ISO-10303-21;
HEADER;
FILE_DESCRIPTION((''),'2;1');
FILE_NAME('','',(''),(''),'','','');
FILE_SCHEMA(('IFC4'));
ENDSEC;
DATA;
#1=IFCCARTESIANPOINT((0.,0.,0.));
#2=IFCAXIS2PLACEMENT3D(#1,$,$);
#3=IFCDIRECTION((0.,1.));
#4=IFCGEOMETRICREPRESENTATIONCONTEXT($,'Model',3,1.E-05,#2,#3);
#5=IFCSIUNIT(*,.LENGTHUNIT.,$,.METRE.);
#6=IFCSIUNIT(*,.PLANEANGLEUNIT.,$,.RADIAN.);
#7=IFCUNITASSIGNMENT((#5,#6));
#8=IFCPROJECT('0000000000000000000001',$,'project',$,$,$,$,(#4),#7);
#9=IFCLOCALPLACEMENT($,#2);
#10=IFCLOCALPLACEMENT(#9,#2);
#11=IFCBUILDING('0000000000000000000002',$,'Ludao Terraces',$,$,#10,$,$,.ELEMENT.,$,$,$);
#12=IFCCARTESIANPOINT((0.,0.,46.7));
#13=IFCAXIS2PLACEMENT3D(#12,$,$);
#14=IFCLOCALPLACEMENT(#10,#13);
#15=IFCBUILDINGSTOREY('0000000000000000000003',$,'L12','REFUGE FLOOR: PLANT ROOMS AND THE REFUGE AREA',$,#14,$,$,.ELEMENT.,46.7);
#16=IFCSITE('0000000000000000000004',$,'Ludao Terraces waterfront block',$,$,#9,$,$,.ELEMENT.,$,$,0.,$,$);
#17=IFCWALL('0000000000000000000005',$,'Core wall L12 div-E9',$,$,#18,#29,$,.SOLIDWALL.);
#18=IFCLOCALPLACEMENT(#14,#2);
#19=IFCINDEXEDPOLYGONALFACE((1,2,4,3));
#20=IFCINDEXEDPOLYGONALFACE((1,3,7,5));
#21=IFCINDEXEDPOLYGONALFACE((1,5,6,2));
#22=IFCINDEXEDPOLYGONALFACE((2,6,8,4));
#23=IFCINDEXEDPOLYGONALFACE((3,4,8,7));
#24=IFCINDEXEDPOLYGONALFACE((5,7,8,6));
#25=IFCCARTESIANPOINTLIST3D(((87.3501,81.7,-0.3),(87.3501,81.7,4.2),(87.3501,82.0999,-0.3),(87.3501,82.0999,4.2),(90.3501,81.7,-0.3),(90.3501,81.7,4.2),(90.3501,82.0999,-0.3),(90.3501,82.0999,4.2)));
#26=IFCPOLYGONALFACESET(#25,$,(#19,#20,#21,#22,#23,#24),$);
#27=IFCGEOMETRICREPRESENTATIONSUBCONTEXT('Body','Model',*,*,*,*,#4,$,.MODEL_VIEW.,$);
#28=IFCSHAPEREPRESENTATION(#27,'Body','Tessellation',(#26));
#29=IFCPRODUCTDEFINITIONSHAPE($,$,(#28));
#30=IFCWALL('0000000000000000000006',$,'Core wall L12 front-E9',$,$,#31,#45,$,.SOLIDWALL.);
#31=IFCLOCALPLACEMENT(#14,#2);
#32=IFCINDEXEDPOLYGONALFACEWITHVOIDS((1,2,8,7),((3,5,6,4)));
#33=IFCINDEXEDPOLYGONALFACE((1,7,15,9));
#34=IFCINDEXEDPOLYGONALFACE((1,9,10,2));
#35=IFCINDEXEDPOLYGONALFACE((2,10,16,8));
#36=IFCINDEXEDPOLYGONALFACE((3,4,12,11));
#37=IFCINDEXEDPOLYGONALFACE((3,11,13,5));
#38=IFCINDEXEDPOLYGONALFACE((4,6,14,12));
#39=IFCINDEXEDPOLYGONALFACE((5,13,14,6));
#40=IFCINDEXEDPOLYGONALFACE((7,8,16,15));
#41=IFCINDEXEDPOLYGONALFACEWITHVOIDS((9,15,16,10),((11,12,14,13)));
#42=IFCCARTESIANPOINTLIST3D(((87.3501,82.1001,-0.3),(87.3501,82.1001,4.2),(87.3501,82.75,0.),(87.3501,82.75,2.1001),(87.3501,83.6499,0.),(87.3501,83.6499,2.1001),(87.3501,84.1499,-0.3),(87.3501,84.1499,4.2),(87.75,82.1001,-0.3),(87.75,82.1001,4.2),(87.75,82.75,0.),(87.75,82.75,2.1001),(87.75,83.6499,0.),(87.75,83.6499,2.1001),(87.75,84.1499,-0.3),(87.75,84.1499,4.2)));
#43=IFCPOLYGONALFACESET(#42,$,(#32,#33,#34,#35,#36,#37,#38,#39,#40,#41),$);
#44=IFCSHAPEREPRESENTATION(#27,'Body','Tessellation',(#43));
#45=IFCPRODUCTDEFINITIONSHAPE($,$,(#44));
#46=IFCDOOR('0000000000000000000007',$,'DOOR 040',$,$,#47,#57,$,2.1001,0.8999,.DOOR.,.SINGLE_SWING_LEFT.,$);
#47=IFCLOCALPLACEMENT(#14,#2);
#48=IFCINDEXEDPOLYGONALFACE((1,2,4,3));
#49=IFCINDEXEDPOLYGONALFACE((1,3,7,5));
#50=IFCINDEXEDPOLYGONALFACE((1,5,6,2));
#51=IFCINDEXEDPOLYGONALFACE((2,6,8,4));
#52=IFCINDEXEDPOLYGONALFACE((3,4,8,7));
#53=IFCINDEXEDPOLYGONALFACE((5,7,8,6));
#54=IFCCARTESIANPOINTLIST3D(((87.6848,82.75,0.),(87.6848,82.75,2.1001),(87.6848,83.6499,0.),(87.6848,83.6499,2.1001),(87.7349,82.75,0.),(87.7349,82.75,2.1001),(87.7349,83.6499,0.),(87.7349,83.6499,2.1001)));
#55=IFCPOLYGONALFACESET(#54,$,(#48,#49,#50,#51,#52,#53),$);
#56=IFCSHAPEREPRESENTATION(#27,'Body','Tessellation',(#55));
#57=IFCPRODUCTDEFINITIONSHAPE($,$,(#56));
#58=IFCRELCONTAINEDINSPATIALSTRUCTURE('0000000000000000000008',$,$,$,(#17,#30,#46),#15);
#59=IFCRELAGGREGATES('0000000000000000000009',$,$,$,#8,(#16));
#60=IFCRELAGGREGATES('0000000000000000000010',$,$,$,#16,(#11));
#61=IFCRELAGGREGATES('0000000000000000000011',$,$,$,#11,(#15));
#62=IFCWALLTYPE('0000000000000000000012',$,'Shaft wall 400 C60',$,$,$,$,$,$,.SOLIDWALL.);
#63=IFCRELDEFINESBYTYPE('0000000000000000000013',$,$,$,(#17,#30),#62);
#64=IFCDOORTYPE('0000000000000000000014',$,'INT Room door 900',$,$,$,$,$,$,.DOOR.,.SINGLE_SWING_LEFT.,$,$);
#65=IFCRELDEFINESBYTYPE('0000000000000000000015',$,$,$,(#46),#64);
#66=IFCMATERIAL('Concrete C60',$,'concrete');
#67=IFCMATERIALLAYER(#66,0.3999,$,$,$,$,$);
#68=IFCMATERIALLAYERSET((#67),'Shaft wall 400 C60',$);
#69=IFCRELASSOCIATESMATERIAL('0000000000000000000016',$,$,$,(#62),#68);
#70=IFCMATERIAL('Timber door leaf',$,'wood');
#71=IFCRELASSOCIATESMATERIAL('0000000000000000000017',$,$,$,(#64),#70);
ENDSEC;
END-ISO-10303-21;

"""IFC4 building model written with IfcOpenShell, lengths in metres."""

from ifc_helpers import new_model, si_unit, direction, frame, frame_2d, origin, place, context, subcontext, project, spatial, rectangle, extrude, material, layer, layer_set, type_object, element, fill, save


model = new_model("IFC4")

# Units and contexts
model_context = context("Model", 3, precision=1e-05, world=origin(), true_north=direction((0.0, 1.0)))
body_context = subcontext(model_context, "Body", "Model", "MODEL_VIEW")
ifc_project = project(units=[si_unit("LENGTHUNIT", "METRE"), si_unit("PLANEANGLEUNIT", "RADIAN")], contexts=[model_context])

# Site, building, storey
site_placement = place(None, origin())
site = spatial("IfcSite", under=ifc_project, at=site_placement, Name="Ludao Terraces waterfront block", CompositionType="ELEMENT", RefElevation=0.0)
building_placement = place(site_placement, origin())
building = spatial("IfcBuilding", under=site, at=building_placement, Name="Ludao Terraces", CompositionType="ELEMENT")
storey_placement = place(building_placement, frame((0.0, 0.0, 46.7)))
storey = spatial("IfcBuildingStorey", under=building, at=storey_placement, Name="L12", Description="REFUGE FLOOR: PLANT ROOMS AND THE REFUGE AREA", CompositionType="ELEMENT", Elevation=46.7)

# Shared definitions
ifc_material_1 = material(Name="Concrete C60", Category="concrete")

# Shared definitions
ifc_layer = layer(ifc_material_1, 0.3999)
ifc_layer_set = layer_set([ifc_layer], Name="Shaft wall 400 C60")
wall_type = type_object("IfcWallType", Name="Shaft wall 400 C60", PredefinedType="SOLIDWALL", material=ifc_layer_set)

# Shared definitions
ifc_material_2 = material(Name="Timber door leaf", Category="wood")
door_type = type_object("IfcDoorType", Name="INT Room door 900", OperationType="SINGLE_SWING_LEFT", PredefinedType="DOOR", material=ifc_material_2)

# Wall
wall_1_placement = place(storey_placement, frame((87.3501, 81.8999, -0.3), z_axis=(0.0, 0.0, 1.0), x_axis=(1.0, 0.0, 0.0)))
element("IfcWall", 1, at=wall_1_placement, inside=storey, type_object=wall_type, Name="Core wall L12 div-E9", PredefinedType="SOLIDWALL", context=body_context, shape_type="SweptSolid", body=[
    extrude(rectangle(XDim=3.0, YDim=0.3999, at=frame_2d((1.5, 0.0))), origin(), (0.0, 0.0, 1.0), 4.5),
])

# Wall, opening, door
wall_2_placement = place(storey_placement, frame((87.55, 82.1001, -0.3), z_axis=(0.0, 0.0, 1.0), x_axis=(0.0, 1.0, 0.0)))
wall_2 = element("IfcWall", 2, at=wall_2_placement, inside=storey, type_object=wall_type, Name="Core wall L12 front-E9", PredefinedType="SOLIDWALL", context=body_context, shape_type="SweptSolid", body=[
    extrude(rectangle(XDim=2.0498, YDim=0.3999, at=frame_2d((1.0249, 0.0))), origin(), (0.0, 0.0, 1.0), 4.5),
])
opening_1_placement = place(wall_2_placement, frame((0.6499, 0.0, 0.3)))
opening_1 = element("IfcOpeningElement", 3, at=opening_1_placement, cuts=wall_2, PredefinedType="OPENING", context=body_context, shape_type="SweptSolid", body=[
    extrude(rectangle(XDim=0.8999, YDim=2.1001, at=frame_2d((0.45, 1.05))), frame((0.0, 0.21, 0.0), z_axis=(0.0, -1.0, 0.0), x_axis=(1.0, 0.0, 0.0)), (0.0, 0.0, 1.0), 0.4199),
])
door_1_placement = place(opening_1_placement, origin())
door_1 = element("IfcDoor", 4, at=door_1_placement, inside=storey, type_object=door_type, Name="DOOR 040", OperationType="SINGLE_SWING_LEFT", OverallHeight=2.1001, OverallWidth=0.8999, PredefinedType="DOOR", context=body_context, shape_type="SweptSolid", body=[
    extrude(rectangle(XDim=0.8999, YDim=2.1001, at=frame_2d((0.45, 1.05))), frame((0.0, -0.1348, 0.0), z_axis=(0.0, -1.0, 0.0), x_axis=(1.0, 0.0, 0.0)), (0.0, 0.0, 1.0), 0.05),
])
fill(opening_1, door_1)

save(model, "model.ifc")
